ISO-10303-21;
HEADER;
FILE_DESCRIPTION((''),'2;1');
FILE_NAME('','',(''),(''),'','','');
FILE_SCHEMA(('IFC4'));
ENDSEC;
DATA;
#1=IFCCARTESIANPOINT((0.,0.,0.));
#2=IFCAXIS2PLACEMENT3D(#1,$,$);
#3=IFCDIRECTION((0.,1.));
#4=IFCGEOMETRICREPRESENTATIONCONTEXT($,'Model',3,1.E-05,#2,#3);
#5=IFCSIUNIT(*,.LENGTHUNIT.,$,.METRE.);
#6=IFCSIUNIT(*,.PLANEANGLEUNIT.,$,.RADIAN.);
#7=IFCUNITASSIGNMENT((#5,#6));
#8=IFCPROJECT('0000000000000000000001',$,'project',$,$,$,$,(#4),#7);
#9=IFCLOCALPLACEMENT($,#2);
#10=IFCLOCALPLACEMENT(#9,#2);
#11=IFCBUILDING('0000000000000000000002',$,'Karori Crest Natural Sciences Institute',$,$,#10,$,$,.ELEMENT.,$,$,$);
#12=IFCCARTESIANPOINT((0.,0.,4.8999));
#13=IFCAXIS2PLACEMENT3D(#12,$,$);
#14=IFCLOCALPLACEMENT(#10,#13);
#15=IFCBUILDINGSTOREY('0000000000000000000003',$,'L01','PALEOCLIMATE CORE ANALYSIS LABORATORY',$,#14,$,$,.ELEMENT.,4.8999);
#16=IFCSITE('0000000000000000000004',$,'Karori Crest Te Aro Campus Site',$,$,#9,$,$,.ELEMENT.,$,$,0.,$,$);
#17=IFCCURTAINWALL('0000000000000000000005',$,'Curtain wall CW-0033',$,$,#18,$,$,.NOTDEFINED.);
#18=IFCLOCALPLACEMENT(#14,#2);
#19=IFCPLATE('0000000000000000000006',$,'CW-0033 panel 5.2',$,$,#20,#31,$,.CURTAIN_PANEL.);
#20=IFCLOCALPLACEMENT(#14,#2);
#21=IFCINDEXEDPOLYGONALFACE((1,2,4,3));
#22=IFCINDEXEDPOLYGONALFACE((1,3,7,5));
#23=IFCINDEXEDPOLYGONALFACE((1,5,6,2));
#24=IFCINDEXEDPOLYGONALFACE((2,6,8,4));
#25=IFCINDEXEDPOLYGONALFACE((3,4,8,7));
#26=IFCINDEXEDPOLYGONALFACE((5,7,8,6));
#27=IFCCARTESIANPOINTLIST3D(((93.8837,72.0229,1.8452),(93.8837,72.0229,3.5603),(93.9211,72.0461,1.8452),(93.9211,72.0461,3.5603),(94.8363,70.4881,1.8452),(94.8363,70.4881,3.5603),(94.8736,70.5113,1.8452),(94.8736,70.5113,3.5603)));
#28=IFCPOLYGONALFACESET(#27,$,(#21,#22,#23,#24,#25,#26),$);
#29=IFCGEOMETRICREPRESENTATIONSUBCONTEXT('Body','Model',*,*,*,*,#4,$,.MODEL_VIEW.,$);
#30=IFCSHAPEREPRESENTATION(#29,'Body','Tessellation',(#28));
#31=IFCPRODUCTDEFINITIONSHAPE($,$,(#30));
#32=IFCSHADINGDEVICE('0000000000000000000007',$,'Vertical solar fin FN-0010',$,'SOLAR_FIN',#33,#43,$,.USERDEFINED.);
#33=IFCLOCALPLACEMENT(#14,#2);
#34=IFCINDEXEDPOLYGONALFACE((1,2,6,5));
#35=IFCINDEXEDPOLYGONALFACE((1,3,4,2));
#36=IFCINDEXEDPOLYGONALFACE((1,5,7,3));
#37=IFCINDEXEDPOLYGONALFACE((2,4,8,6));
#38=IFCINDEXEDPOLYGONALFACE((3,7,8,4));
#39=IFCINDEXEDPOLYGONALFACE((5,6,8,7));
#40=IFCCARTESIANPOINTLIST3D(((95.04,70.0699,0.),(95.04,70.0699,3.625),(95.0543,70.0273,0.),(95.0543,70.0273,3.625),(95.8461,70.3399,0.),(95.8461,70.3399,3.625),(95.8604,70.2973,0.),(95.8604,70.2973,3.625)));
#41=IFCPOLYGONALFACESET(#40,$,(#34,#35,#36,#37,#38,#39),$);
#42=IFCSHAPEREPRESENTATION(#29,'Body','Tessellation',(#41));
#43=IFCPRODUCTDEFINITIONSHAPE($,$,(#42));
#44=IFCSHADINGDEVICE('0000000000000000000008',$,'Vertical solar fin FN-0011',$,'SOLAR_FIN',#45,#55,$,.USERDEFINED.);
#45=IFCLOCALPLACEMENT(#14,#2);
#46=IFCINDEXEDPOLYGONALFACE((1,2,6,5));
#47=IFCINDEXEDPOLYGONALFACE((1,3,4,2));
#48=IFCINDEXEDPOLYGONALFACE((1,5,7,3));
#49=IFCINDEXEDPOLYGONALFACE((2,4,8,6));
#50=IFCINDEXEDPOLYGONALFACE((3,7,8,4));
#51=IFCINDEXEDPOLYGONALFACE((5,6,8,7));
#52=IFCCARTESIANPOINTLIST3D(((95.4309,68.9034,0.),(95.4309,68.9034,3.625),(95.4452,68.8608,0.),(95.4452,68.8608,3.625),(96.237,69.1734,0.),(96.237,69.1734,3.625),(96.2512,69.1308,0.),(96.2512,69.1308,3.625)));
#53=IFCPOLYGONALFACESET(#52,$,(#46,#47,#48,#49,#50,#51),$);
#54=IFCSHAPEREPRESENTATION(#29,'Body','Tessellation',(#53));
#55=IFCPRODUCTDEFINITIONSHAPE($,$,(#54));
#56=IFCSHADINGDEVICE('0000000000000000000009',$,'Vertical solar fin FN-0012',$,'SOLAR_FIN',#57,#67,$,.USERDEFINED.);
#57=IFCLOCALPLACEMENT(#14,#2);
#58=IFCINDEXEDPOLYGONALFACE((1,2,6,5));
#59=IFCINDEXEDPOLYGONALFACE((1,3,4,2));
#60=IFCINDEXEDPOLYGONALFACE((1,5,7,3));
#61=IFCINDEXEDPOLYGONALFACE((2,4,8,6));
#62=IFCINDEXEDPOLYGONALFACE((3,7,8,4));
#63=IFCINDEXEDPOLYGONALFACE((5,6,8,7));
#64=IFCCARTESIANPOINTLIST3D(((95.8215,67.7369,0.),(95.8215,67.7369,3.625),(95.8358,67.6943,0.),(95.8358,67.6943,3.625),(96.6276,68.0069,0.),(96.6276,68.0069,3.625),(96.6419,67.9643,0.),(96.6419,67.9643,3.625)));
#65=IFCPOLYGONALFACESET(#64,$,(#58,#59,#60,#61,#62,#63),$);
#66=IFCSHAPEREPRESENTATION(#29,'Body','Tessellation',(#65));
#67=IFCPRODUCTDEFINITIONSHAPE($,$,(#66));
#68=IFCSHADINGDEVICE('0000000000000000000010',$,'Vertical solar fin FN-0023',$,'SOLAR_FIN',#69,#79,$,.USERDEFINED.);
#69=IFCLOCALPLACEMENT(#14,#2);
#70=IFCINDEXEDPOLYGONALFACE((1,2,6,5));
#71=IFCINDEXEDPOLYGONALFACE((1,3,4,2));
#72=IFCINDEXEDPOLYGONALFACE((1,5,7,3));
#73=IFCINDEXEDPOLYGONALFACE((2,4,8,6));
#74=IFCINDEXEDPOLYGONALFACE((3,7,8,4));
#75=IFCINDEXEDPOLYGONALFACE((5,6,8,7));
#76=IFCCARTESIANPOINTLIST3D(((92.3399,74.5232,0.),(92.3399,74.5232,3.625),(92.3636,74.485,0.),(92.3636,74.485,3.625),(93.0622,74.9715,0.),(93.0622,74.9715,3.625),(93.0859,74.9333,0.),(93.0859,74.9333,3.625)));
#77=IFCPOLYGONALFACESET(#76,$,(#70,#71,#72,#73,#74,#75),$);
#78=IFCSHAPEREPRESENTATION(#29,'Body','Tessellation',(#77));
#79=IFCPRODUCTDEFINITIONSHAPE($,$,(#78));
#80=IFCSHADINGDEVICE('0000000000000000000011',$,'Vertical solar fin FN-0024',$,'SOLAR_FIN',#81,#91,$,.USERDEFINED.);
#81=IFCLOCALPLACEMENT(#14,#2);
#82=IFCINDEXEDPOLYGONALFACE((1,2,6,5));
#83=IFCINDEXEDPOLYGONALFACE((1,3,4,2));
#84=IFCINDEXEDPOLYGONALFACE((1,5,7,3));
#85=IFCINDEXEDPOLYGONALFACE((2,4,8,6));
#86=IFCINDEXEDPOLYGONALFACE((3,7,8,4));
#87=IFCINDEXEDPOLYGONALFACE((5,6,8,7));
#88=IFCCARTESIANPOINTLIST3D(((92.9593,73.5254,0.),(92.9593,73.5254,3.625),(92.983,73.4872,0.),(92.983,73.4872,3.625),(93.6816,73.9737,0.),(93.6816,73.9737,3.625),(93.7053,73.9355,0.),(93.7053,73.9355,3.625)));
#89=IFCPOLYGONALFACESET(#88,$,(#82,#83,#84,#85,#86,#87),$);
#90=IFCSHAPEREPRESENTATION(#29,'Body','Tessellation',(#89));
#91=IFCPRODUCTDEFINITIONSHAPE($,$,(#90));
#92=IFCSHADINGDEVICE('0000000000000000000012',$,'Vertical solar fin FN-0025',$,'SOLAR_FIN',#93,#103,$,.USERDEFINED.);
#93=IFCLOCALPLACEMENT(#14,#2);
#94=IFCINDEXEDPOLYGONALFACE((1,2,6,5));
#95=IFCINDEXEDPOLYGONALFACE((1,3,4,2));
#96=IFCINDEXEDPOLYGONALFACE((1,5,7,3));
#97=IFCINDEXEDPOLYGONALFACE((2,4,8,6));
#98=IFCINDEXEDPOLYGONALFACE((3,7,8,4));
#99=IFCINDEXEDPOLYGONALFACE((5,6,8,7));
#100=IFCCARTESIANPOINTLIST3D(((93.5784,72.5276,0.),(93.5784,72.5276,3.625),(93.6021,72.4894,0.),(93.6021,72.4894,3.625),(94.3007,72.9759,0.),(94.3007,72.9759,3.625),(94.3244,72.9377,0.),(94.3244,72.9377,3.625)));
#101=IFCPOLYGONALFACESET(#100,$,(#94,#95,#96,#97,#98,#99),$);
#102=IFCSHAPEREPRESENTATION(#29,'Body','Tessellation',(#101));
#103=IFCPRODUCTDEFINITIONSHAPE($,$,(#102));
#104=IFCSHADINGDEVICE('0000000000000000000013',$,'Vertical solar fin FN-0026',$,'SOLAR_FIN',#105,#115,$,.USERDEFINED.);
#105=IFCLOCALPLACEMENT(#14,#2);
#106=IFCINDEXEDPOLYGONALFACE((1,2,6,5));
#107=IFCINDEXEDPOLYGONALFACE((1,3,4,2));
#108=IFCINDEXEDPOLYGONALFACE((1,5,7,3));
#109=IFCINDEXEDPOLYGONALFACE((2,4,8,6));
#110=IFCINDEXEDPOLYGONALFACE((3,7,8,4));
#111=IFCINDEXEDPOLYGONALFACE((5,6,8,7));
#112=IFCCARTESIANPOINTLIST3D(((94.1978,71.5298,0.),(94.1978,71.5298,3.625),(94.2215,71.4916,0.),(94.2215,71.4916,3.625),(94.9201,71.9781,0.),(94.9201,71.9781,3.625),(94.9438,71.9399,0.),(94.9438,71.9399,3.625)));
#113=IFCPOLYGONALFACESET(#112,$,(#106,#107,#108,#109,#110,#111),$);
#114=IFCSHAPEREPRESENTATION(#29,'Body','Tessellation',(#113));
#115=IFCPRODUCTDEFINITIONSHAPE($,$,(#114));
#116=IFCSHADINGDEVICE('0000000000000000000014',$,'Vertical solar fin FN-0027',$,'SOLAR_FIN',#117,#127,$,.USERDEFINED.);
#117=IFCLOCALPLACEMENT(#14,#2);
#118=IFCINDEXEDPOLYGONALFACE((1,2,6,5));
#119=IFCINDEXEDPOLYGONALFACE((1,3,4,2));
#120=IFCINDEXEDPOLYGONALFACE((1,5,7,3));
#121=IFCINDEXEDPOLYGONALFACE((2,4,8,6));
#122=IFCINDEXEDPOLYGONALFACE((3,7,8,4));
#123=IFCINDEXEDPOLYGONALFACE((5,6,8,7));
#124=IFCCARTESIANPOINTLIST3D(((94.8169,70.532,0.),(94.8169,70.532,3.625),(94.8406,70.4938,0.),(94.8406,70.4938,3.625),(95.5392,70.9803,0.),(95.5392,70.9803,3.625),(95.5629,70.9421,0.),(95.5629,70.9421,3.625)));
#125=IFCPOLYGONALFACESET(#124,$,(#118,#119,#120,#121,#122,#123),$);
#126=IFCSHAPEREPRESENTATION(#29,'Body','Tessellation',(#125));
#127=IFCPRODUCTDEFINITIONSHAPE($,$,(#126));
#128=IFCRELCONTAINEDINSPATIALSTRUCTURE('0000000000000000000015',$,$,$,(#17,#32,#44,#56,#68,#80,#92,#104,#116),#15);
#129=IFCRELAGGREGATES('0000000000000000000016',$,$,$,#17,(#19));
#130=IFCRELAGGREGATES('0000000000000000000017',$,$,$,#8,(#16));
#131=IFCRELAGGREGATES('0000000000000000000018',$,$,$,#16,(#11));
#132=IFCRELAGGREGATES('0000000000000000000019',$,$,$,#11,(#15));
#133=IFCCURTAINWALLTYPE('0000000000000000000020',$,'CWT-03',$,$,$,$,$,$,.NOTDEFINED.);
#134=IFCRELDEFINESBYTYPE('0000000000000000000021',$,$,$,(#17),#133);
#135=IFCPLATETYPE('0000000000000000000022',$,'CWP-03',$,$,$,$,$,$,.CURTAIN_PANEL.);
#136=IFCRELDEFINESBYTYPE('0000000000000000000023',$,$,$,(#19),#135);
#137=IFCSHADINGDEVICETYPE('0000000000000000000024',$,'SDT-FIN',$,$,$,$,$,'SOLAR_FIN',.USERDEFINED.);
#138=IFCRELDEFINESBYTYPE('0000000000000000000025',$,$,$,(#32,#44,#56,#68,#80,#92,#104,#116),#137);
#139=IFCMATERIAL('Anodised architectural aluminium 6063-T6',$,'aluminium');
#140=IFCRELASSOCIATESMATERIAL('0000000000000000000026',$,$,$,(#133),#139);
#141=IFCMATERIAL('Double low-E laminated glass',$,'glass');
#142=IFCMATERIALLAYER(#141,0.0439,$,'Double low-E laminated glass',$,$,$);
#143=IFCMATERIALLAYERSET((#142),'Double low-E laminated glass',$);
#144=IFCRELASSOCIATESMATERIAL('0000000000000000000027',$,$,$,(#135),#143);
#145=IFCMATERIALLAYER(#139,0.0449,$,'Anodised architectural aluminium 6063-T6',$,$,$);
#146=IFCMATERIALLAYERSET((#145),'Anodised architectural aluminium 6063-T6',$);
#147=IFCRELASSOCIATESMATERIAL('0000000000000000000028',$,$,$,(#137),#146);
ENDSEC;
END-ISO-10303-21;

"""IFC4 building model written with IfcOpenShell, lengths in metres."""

from ifc_helpers import new_model, si_unit, direction, frame, origin, origin_2d, place, context, subcontext, project, spatial, rectangle, extrude, material, layer, layer_set, type_object, element, aggregate, save


model = new_model("IFC4")

# Units and contexts
model_context = context("Model", 3, precision=1e-05, world=origin(), true_north=direction((0.0, 1.0)))
body_context = subcontext(model_context, "Body", "Model", "MODEL_VIEW")
ifc_project = project(units=[si_unit("LENGTHUNIT", "METRE"), si_unit("PLANEANGLEUNIT", "RADIAN")], contexts=[model_context])

# Site, building, storey
site_placement = place(None, origin())
site = spatial("IfcSite", under=ifc_project, at=site_placement, Name="Karori Crest Te Aro Campus Site", CompositionType="ELEMENT", RefElevation=0.0)
building_placement = place(site_placement, origin())
building = spatial("IfcBuilding", under=site, at=building_placement, Name="Karori Crest Natural Sciences Institute", CompositionType="ELEMENT")
storey_placement = place(building_placement, frame((0.0, 0.0, 4.8999)))
storey = spatial("IfcBuildingStorey", under=building, at=storey_placement, Name="L01", Description="PALEOCLIMATE CORE ANALYSIS LABORATORY", CompositionType="ELEMENT", Elevation=4.8999)

# Curtain wall
ifc_material_1 = material(Name="Anodised architectural aluminium 6063-T6", Category="aluminium")
curtain_wall_type_1 = type_object("IfcCurtainWallType", Name="CWT-03", PredefinedType="NOTDEFINED", material=ifc_material_1)
curtain_wall_1_placement = place(storey_placement, origin())
curtain_wall_1 = element("IfcCurtainWall", 1, at=curtain_wall_1_placement, inside=storey, type_object=curtain_wall_type_1, Name="Curtain wall CW-0033", PredefinedType="NOTDEFINED")

# Plate
ifc_material_2 = material(Name="Double low-E laminated glass", Category="glass")
ifc_layer_1 = layer(ifc_material_2, 0.0439, Name="Double low-E laminated glass")
ifc_layer_set_1 = layer_set([ifc_layer_1], Name="Double low-E laminated glass")
plate_type_1 = type_object("IfcPlateType", Name="CWP-03", PredefinedType="CURTAIN_PANEL", material=ifc_layer_set_1)
plate_1_placement = place(storey_placement, frame((94.3787, 71.2671, 1.8452), z_axis=(0.0, 0.0, 1.0), x_axis=(0.527322, -0.849666, 0.0)))
plate_1 = element("IfcPlate", 2, at=plate_1_placement, type_object=plate_type_1, Name="CW-0033 panel 5.2", PredefinedType="CURTAIN_PANEL", context=body_context, shape_type="SweptSolid", body=[
    extrude(rectangle(XDim=1.8064, YDim=0.0439, at=origin_2d()), origin(), (0.0, 0.0, 1.0), 1.7151),
])
aggregate(curtain_wall_1, [plate_1])

# Shading devices
ifc_layer_2 = layer(ifc_material_1, 0.0449, Name="Anodised architectural aluminium 6063-T6")
ifc_layer_set_2 = layer_set([ifc_layer_2], Name="Anodised architectural aluminium 6063-T6")
shading_device_type = type_object("IfcShadingDeviceType", Name="SDT-FIN", ElementType="SOLAR_FIN", PredefinedType="USERDEFINED", material=ifc_layer_set_2)
for number, where, z_axis, x_axis, name in (
    (3, (95.4502, 70.1836, 0.0), (0.0, 0.0, 1.0), (0.948196, 0.317685, 0.0), "Vertical solar fin FN-0010"),
    (4, (95.8411, 69.0171, 0.0), (0.0, 0.0, 1.0), (0.948196, 0.317685, 0.0), "Vertical solar fin FN-0011"),
    (5, (96.2317, 67.8506, 0.0), (0.0, 0.0, 1.0), (0.948196, 0.317685, 0.0), "Vertical solar fin FN-0012"),
    (6, (92.7129, 74.7283, 0.0), (0.0, 0.0, 1.0), (0.849665, 0.527322, 0.0), "Vertical solar fin FN-0023"),
    (7, (93.3323, 73.7305, 0.0), (0.0, 0.0, 1.0), (0.849665, 0.527322, 0.0), "Vertical solar fin FN-0024"),
    (8, (93.9514, 72.7327, 0.0), (0.0, 0.0, 1.0), (0.849665, 0.527322, 0.0), "Vertical solar fin FN-0025"),
    (9, (94.5708, 71.7349, 0.0), (0.0, 0.0, 1.0), (0.849665, 0.527322, 0.0), "Vertical solar fin FN-0026"),
    (10, (95.1899, 70.7371, 0.0), (0.0, 0.0, 1.0), (0.849665, 0.527322, 0.0), "Vertical solar fin FN-0027"),
):
    element("IfcShadingDevice", number, at=place(storey_placement, frame(where, z_axis=z_axis, x_axis=x_axis)), inside=storey, type_object=shading_device_type, Name=name, ObjectType="SOLAR_FIN", PredefinedType="USERDEFINED", context=body_context, shape_type="SweptSolid", body=[
        extrude(rectangle(XDim=0.8501, YDim=0.0449, at=origin_2d()), origin(), (0.0, 0.0, 1.0), 3.625),
    ])

save(model, "model.ifc")
